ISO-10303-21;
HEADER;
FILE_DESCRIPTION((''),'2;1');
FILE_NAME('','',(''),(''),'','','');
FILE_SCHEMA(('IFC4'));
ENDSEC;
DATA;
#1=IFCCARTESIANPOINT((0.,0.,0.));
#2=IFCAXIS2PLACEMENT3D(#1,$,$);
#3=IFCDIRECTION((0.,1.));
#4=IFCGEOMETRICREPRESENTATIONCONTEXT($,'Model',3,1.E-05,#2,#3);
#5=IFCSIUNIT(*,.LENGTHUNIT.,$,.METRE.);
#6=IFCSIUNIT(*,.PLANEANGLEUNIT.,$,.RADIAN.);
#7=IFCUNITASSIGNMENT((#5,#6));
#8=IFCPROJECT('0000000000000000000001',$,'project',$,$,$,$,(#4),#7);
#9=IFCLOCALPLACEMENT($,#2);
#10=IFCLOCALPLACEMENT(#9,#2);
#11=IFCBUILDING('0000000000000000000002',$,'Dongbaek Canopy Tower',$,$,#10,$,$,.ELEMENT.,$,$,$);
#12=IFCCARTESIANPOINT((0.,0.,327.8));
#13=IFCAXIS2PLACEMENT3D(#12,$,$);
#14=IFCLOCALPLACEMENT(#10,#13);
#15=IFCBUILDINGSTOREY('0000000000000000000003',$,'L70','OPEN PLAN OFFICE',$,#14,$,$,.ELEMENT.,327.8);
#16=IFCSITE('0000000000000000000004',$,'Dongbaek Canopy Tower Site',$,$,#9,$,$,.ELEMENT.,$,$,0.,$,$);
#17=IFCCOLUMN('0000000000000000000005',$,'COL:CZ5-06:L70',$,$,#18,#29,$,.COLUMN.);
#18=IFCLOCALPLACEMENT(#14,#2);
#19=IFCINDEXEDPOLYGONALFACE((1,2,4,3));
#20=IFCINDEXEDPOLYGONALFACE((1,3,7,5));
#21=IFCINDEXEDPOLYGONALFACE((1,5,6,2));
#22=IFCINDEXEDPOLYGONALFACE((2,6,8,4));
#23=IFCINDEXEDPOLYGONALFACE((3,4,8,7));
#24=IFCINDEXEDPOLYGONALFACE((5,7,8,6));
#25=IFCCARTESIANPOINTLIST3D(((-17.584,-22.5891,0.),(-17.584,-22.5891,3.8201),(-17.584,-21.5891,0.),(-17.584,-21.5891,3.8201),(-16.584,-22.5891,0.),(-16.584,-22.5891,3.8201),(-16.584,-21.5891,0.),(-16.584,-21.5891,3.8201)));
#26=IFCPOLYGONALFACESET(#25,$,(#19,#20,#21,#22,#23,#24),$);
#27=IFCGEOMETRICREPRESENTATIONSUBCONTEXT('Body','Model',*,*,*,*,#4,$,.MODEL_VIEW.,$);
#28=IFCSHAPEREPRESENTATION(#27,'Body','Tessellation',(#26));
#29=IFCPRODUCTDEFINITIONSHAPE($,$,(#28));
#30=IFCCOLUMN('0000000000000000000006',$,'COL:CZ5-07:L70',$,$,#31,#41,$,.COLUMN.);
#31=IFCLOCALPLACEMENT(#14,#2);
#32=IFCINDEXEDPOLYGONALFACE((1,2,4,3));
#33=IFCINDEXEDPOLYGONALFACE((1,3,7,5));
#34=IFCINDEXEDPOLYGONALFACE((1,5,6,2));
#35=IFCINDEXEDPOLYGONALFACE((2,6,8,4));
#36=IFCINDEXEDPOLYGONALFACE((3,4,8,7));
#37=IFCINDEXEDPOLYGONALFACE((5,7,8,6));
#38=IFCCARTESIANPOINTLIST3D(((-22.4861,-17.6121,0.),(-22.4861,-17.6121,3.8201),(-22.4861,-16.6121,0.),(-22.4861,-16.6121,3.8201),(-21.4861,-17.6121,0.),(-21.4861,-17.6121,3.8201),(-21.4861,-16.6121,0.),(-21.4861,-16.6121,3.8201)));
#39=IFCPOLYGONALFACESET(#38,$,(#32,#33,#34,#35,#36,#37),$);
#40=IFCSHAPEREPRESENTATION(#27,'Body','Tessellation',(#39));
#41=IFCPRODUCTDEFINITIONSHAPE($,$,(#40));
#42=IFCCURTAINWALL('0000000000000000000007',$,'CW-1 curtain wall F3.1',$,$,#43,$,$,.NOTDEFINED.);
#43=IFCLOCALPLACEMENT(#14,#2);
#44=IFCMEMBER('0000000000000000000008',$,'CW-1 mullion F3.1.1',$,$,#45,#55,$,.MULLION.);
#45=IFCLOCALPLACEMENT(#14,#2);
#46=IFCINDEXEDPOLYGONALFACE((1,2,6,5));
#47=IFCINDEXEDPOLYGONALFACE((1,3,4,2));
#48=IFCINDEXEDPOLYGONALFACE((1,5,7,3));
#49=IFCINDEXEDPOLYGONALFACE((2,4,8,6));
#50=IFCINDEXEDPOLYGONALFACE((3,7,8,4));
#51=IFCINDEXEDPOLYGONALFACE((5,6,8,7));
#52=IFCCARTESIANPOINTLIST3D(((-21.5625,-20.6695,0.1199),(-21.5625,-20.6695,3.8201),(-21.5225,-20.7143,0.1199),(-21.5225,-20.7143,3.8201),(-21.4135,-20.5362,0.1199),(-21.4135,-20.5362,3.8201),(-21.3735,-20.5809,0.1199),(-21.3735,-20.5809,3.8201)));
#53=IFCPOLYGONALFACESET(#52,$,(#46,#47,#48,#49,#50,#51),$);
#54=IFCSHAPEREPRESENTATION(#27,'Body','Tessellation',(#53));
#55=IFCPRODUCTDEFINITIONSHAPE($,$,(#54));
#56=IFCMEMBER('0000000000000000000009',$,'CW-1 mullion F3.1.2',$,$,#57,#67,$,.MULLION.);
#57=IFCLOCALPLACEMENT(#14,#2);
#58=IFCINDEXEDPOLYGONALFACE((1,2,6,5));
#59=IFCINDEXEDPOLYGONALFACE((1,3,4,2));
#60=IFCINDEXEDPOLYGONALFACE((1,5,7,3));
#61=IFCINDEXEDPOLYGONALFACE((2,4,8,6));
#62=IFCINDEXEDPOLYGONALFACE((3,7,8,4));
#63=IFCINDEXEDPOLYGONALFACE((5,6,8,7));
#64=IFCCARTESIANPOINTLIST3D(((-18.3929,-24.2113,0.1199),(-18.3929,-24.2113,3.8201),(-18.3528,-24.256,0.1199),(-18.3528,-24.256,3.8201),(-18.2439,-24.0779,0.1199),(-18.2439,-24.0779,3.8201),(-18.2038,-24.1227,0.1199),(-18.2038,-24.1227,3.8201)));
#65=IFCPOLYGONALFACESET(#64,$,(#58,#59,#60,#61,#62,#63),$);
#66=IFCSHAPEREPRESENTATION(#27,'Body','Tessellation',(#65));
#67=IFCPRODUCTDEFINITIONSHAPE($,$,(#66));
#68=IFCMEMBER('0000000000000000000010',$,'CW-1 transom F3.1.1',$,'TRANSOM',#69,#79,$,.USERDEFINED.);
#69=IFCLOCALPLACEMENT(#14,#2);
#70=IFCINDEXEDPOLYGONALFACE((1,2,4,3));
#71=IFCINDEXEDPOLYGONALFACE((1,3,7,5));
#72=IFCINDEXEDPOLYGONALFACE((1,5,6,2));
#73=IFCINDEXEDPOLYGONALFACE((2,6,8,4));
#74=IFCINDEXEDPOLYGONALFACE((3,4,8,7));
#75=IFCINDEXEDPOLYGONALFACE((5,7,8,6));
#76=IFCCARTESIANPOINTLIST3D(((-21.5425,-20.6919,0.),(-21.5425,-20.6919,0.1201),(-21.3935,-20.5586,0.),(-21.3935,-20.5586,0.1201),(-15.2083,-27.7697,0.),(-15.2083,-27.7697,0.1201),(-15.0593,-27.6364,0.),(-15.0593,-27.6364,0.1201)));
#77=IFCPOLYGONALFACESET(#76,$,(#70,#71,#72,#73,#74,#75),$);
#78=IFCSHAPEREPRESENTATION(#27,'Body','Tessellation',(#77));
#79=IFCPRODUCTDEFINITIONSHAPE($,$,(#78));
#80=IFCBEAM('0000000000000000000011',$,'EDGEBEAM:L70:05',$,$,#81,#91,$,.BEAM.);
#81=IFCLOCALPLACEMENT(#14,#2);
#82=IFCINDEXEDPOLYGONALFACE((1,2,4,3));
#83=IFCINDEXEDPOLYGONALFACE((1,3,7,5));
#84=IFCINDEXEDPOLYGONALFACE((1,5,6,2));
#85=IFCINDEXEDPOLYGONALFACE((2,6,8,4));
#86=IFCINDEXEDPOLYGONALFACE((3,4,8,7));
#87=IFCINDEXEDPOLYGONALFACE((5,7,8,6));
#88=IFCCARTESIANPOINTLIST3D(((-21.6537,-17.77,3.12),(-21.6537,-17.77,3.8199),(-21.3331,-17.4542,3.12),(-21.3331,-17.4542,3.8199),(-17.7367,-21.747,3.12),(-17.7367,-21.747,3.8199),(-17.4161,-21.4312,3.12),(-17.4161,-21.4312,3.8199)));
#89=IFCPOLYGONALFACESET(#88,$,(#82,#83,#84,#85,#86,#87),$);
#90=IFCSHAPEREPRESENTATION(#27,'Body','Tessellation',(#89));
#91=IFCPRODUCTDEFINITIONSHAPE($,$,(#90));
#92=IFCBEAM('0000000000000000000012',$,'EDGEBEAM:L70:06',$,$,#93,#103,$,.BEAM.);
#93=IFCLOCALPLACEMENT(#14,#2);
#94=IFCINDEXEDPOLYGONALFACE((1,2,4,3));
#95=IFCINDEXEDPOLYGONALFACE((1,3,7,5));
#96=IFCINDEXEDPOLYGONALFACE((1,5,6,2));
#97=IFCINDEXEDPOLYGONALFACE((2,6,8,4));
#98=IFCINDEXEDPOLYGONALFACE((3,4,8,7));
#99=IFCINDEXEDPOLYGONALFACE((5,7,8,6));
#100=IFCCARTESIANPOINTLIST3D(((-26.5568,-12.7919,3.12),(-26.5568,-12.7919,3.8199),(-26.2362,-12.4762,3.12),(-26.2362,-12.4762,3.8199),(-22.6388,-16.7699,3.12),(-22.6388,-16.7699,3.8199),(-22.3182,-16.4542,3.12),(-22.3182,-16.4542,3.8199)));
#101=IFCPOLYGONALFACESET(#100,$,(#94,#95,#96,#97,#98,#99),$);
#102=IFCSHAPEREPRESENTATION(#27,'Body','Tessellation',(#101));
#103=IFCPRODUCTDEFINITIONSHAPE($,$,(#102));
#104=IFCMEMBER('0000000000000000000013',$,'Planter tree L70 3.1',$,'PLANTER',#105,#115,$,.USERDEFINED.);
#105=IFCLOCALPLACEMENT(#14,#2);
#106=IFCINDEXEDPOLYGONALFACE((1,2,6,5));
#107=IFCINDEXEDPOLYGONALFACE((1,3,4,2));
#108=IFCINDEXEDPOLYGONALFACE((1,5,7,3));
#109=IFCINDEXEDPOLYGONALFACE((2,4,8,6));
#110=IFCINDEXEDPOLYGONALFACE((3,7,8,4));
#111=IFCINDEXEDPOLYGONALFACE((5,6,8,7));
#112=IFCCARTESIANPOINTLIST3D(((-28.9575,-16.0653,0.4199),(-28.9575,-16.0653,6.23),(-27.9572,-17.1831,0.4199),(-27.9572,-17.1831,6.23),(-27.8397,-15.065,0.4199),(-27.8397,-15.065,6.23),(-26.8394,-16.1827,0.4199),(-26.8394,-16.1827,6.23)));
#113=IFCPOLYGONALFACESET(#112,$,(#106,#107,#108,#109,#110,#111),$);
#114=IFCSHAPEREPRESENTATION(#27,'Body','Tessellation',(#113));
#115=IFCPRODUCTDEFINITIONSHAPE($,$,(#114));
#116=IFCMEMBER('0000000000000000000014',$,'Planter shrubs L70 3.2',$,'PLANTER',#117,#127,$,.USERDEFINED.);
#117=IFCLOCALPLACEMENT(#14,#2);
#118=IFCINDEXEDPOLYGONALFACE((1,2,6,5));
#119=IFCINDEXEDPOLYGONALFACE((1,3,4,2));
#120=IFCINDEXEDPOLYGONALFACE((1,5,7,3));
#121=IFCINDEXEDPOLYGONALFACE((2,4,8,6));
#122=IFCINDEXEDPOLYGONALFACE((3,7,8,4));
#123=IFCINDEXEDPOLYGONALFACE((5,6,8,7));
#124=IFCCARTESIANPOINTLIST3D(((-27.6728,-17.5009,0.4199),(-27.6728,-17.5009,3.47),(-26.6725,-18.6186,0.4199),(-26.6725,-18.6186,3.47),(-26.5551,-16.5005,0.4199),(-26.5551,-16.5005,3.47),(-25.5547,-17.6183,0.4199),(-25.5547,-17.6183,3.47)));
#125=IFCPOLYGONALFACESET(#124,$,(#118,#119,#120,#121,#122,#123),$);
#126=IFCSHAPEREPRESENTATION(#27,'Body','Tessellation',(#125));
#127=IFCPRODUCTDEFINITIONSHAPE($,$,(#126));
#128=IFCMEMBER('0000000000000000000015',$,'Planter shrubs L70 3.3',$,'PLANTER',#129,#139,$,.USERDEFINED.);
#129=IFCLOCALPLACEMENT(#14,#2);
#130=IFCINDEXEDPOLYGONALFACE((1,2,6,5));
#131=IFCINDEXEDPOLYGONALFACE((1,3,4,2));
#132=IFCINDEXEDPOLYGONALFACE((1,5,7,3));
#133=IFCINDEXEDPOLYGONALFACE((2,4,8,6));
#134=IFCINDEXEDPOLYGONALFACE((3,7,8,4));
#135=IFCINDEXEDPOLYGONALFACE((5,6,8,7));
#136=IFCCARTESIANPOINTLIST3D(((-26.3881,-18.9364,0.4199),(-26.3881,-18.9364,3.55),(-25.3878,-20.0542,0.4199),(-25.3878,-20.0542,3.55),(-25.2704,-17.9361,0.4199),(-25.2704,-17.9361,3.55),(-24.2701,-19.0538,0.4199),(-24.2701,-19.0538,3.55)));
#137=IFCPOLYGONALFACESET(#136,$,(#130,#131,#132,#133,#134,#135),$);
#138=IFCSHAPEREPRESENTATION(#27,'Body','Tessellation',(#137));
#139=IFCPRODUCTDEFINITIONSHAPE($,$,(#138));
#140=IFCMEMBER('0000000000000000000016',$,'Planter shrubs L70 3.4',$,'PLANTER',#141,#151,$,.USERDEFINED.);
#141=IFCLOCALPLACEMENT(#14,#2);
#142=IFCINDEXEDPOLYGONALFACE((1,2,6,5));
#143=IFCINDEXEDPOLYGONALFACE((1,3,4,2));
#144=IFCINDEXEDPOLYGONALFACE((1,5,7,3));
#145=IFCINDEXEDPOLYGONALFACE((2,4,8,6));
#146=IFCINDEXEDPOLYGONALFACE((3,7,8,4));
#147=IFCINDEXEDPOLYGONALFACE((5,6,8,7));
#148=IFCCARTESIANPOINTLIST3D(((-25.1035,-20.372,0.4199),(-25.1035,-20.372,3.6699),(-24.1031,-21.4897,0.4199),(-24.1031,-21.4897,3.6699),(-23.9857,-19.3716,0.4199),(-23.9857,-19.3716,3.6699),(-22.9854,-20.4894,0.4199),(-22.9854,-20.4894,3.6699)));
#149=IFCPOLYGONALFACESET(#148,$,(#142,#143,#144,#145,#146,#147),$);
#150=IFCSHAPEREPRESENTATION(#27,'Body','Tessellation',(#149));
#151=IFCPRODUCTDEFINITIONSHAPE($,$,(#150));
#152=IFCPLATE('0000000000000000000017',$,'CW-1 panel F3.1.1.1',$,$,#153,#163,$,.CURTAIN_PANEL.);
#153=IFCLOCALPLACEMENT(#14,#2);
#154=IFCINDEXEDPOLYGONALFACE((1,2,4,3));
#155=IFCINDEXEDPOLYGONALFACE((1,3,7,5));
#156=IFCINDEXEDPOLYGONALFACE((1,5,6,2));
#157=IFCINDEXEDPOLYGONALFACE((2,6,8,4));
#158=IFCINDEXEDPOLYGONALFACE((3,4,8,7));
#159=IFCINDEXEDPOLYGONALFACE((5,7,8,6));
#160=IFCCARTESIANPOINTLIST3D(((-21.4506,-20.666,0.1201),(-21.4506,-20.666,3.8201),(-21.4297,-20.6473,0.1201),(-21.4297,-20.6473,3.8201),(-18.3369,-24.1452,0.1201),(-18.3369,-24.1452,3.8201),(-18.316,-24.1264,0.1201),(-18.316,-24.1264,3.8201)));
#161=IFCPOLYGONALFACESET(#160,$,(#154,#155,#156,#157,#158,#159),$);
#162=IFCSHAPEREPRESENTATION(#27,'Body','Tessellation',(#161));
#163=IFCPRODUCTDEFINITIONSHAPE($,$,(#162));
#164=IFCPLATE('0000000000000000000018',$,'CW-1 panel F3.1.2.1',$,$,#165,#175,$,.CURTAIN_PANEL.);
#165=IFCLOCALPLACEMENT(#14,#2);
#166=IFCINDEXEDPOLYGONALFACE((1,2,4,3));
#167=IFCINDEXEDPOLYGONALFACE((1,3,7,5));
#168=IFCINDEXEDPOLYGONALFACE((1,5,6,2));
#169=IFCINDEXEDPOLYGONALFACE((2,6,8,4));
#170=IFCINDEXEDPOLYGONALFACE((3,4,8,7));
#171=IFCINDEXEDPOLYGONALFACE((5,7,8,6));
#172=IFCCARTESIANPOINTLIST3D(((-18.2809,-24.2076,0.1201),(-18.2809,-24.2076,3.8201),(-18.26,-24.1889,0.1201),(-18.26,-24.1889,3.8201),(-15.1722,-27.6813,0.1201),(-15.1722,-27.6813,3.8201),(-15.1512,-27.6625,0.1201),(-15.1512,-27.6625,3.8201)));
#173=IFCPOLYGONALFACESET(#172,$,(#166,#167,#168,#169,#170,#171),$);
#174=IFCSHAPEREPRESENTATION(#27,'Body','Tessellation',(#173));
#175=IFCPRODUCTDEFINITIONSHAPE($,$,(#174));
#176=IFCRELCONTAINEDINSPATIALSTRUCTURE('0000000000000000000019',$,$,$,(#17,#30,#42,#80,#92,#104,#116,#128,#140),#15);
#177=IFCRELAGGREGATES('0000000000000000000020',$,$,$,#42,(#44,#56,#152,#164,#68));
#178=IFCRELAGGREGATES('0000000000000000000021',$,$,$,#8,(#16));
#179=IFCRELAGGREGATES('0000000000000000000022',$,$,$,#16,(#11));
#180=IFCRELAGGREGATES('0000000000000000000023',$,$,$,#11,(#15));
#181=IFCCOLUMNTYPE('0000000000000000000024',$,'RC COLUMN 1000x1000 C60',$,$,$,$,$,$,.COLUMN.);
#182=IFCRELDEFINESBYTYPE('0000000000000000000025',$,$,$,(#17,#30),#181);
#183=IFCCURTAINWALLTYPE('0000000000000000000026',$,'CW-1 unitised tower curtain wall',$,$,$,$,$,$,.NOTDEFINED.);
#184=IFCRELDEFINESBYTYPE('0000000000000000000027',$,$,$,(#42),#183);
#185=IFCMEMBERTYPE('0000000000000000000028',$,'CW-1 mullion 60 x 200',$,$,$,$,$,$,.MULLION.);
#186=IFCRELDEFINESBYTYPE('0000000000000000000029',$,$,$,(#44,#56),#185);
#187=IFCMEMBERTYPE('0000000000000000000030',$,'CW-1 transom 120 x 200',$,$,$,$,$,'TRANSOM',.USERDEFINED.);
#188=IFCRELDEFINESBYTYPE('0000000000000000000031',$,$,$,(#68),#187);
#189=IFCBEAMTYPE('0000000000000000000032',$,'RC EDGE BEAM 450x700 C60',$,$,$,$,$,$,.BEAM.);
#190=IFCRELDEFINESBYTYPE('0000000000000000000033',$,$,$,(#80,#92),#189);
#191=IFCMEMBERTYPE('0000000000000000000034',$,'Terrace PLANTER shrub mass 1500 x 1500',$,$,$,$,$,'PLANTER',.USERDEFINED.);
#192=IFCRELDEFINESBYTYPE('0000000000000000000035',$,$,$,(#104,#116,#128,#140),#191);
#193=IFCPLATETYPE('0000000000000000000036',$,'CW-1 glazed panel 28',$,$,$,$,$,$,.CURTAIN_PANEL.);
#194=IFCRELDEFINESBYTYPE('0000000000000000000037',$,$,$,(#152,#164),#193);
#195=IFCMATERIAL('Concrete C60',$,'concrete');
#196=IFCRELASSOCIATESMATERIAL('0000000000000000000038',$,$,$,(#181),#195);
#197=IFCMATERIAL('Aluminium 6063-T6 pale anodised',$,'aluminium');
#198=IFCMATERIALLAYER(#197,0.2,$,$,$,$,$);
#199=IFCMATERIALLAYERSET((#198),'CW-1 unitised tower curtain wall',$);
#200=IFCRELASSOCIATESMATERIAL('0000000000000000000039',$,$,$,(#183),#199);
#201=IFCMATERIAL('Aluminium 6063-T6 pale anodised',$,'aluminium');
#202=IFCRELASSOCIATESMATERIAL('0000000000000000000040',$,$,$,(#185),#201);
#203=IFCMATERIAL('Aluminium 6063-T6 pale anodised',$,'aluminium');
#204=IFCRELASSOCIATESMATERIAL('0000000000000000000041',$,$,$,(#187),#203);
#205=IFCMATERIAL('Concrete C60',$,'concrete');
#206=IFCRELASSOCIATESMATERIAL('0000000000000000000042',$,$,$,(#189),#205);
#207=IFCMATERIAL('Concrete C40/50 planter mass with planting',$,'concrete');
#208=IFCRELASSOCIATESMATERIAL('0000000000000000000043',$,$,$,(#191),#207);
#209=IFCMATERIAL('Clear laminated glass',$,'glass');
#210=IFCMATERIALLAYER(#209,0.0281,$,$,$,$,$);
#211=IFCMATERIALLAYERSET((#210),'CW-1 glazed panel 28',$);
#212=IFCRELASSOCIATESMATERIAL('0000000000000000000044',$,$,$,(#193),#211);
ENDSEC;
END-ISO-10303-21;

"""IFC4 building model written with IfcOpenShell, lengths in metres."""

from ifc_helpers import new_model, si_unit, direction, frame, origin, origin_2d, place, context, subcontext, project, spatial, rectangle, extrude, material, layer, layer_set, material_profile, profile_set, type_object, element, aggregate, save


model = new_model("IFC4")

# Units and contexts
model_context = context("Model", 3, precision=1e-05, world=origin(), true_north=direction((0.0, 1.0)))
body_context = subcontext(model_context, "Body", "Model", "MODEL_VIEW")
ifc_project = project(units=[si_unit("LENGTHUNIT", "METRE"), si_unit("PLANEANGLEUNIT", "RADIAN")], contexts=[model_context])

# Site, building, storey
site_placement = place(None, origin())
site = spatial("IfcSite", under=ifc_project, at=site_placement, Name="Dongbaek Canopy Tower Site", CompositionType="ELEMENT", RefElevation=0.0)
building_placement = place(site_placement, origin())
building = spatial("IfcBuilding", under=site, at=building_placement, Name="Dongbaek Canopy Tower", CompositionType="ELEMENT")
storey_placement = place(building_placement, frame((0.0, 0.0, 327.8)))
storey = spatial("IfcBuildingStorey", under=building, at=storey_placement, Name="L70", Description="OPEN PLAN OFFICE", CompositionType="ELEMENT", Elevation=327.8)

# Columns
ifc_material_1 = material(Name="Concrete C60", Category="concrete")
ifc_material_profile_1 = material_profile(ifc_material_1, rectangle(XDim=1.0, YDim=1.0, at=origin_2d()), Name="RC COLUMN 1000x1000 C60")
ifc_profile_set_1 = profile_set([ifc_material_profile_1], Name="Concrete C60")
column_type = type_object("IfcColumnType", Name="RC COLUMN 1000x1000 C60", PredefinedType="COLUMN", material=ifc_profile_set_1)
for number, where, z_axis, x_axis, name in (
    (1, (-17.084, -22.0891, 0.0), (0.0, 0.0, 1.0), (1.0, 0.0, 0.0), "COL:CZ5-06:L70"),
    (2, (-21.9861, -17.1121, 0.0), (0.0, 0.0, 1.0), (1.0, 0.0, 0.0), "COL:CZ5-07:L70"),
):
    element("IfcColumn", number, at=place(storey_placement, frame(where, z_axis=z_axis, x_axis=x_axis)), inside=storey, type_object=column_type, Name=name, PredefinedType="COLUMN", context=body_context, shape_type="SweptSolid", body=[
        extrude(rectangle(XDim=1.0, YDim=1.0, at=origin_2d()), origin(), (0.0, 0.0, 1.0), 3.8201),
    ])

# Curtain wall, members
ifc_material_2 = material(Name="Aluminium 6063-T6 pale anodised", Category="aluminium")
ifc_layer_1 = layer(ifc_material_2, 0.2)
ifc_layer_set_1 = layer_set([ifc_layer_1], Name="CW-1 unitised tower curtain wall")
curtain_wall_type = type_object("IfcCurtainWallType", Name="CW-1 unitised tower curtain wall", PredefinedType="NOTDEFINED", material=ifc_layer_set_1)
curtain_wall_placement = place(storey_placement, origin())
curtain_wall = element("IfcCurtainWall", 3, at=curtain_wall_placement, inside=storey, type_object=curtain_wall_type, Name="CW-1 curtain wall F3.1", PredefinedType="NOTDEFINED")
ifc_material_3 = material(Name="Aluminium 6063-T6 pale anodised", Category="aluminium")
ifc_material_profile_2 = material_profile(ifc_material_3, rectangle(XDim=0.2, YDim=0.0601, at=origin_2d()), Name="CW-1 mullion 60 x 200")
ifc_profile_set_2 = profile_set([ifc_material_profile_2], Name="Aluminium 6063-T6 pale anodised")
member_type_1 = type_object("IfcMemberType", Name="CW-1 mullion 60 x 200", PredefinedType="MULLION", material=ifc_profile_set_2)
member_1_placement = place(storey_placement, frame((-21.468, -20.6252, 0.1199), z_axis=(0.0, 0.0, 1.0), x_axis=(-0.745165, -0.66688, 0.0)))
member_1 = element("IfcMember", 4, at=member_1_placement, type_object=member_type_1, Name="CW-1 mullion F3.1.1", PredefinedType="MULLION", context=body_context, shape_type="SweptSolid", body=[
    extrude(rectangle(XDim=0.2, YDim=0.0601, at=origin_2d()), origin(), (0.0, 0.0, 1.0), 3.7002),
])
member_2_placement = place(storey_placement, frame((-18.2983, -24.167, 0.1199), z_axis=(0.0, 0.0, 1.0), x_axis=(-0.745165, -0.66688, 0.0)))
member_2 = element("IfcMember", 5, at=member_2_placement, type_object=member_type_1, Name="CW-1 mullion F3.1.2", PredefinedType="MULLION", context=body_context, shape_type="SweptSolid", body=[
    extrude(rectangle(XDim=0.2, YDim=0.0601, at=origin_2d()), origin(), (0.0, 0.0, 1.0), 3.7002),
])
ifc_material_4 = material(Name="Aluminium 6063-T6 pale anodised", Category="aluminium")
ifc_material_profile_3 = material_profile(ifc_material_4, rectangle(XDim=0.2, YDim=0.1201, at=origin_2d()), Name="CW-1 transom 120 x 200")
ifc_profile_set_3 = profile_set([ifc_material_profile_3], Name="Aluminium 6063-T6 pale anodised")
member_type_2 = type_object("IfcMemberType", Name="CW-1 transom 120 x 200", ElementType="TRANSOM", PredefinedType="USERDEFINED", material=ifc_profile_set_3)
member_3_placement = place(storey_placement, frame((-21.468, -20.6252, 0.0601), z_axis=(0.666876, -0.745169, 0.0), x_axis=(0.745169, 0.666876, 0.0)))
member_3 = element("IfcMember", 6, at=member_3_placement, type_object=member_type_2, Name="CW-1 transom F3.1.1", ObjectType="TRANSOM", PredefinedType="USERDEFINED", context=body_context, shape_type="SweptSolid", body=[
    extrude(rectangle(XDim=0.2, YDim=0.1201, at=origin_2d()), origin(), (0.0, 0.0, 1.0), 9.4983),
])

# Beams
ifc_material_5 = material(Name="Concrete C60", Category="concrete")
ifc_material_profile_4 = material_profile(ifc_material_5, rectangle(XDim=0.45, YDim=0.7, at=origin_2d()), Name="RC EDGE BEAM 450x700 C60")
ifc_profile_set_4 = profile_set([ifc_material_profile_4], Name="Concrete C60")
beam_type = type_object("IfcBeamType", Name="RC EDGE BEAM 450x700 C60", PredefinedType="BEAM", material=ifc_profile_set_4)
beam_1_placement = place(storey_placement, frame((-17.5764, -21.5891, 3.47), z_axis=(-0.701707, 0.712466, 0.0), x_axis=(-0.712466, -0.701707, 0.0)))
element("IfcBeam", 7, at=beam_1_placement, inside=storey, type_object=beam_type, Name="EDGEBEAM:L70:05", PredefinedType="BEAM", context=body_context, shape_type="SweptSolid", body=[
    extrude(rectangle(XDim=0.45, YDim=0.7, at=origin_2d()), origin(), (0.0, 0.0, 1.0), 5.582),
])
beam_2_placement = place(storey_placement, frame((-22.4785, -16.6121, 3.47), z_axis=(-0.701708, 0.712465, 0.0), x_axis=(-0.712465, -0.701708, 0.0)))
element("IfcBeam", 8, at=beam_2_placement, inside=storey, type_object=beam_type, Name="EDGEBEAM:L70:06", PredefinedType="BEAM", context=body_context, shape_type="SweptSolid", body=[
    extrude(rectangle(XDim=0.45, YDim=0.7, at=origin_2d()), origin(), (0.0, 0.0, 1.0), 5.5835),
])

# Members
ifc_material_6 = material(Name="Concrete C40/50 planter mass with planting", Category="concrete")
ifc_material_profile_5 = material_profile(ifc_material_6, rectangle(XDim=1.5, YDim=1.5, at=origin_2d()), Name="Terrace PLANTER shrub mass 1500 x 1500")
ifc_profile_set_5 = profile_set([ifc_material_profile_5], Name="Concrete C40/50 planter mass with planting")
member_type_3 = type_object("IfcMemberType", Name="Terrace PLANTER shrub mass 1500 x 1500", ElementType="PLANTER", PredefinedType="USERDEFINED", material=ifc_profile_set_5)
member_4_placement = place(storey_placement, frame((-27.8984, -16.124, 0.4199), z_axis=(0.0, 0.0, 1.0), x_axis=(-0.745165, -0.66688, 0.0)))
element("IfcMember", 9, at=member_4_placement, inside=storey, type_object=member_type_3, Name="Planter tree L70 3.1", ObjectType="PLANTER", PredefinedType="USERDEFINED", context=body_context, shape_type="SweptSolid", body=[
    extrude(rectangle(XDim=1.5, YDim=1.5, at=origin_2d()), origin(), (0.0, 0.0, 1.0), 5.8101),
])
member_5_placement = place(storey_placement, frame((-26.6138, -17.5596, 0.4199), z_axis=(0.0, 0.0, 1.0), x_axis=(-0.745165, -0.66688, 0.0)))
element("IfcMember", 10, at=member_5_placement, inside=storey, type_object=member_type_3, Name="Planter shrubs L70 3.2", ObjectType="PLANTER", PredefinedType="USERDEFINED", context=body_context, shape_type="SweptSolid", body=[
    extrude(rectangle(XDim=1.5, YDim=1.5, at=origin_2d()), origin(), (0.0, 0.0, 1.0), 3.05),
])
member_6_placement = place(storey_placement, frame((-25.3291, -18.9951, 0.4199), z_axis=(0.0, 0.0, 1.0), x_axis=(-0.745165, -0.66688, 0.0)))
element("IfcMember", 11, at=member_6_placement, inside=storey, type_object=member_type_3, Name="Planter shrubs L70 3.3", ObjectType="PLANTER", PredefinedType="USERDEFINED", context=body_context, shape_type="SweptSolid", body=[
    extrude(rectangle(XDim=1.5, YDim=1.5, at=origin_2d()), origin(), (0.0, 0.0, 1.0), 3.1301),
])
member_7_placement = place(storey_placement, frame((-24.0444, -20.4307, 0.4199), z_axis=(0.0, 0.0, 1.0), x_axis=(-0.745165, -0.66688, 0.0)))
element("IfcMember", 12, at=member_7_placement, inside=storey, type_object=member_type_3, Name="Planter shrubs L70 3.4", ObjectType="PLANTER", PredefinedType="USERDEFINED", context=body_context, shape_type="SweptSolid", body=[
    extrude(rectangle(XDim=1.5, YDim=1.5, at=origin_2d()), origin(), (0.0, 0.0, 1.0), 3.25),
])

# Plates
ifc_material_7 = material(Name="Clear laminated glass", Category="glass")
ifc_layer_2 = layer(ifc_material_7, 0.0281)
ifc_layer_set_2 = layer_set([ifc_layer_2], Name="CW-1 glazed panel 28")
plate_type = type_object("IfcPlateType", Name="CW-1 glazed panel 28", PredefinedType="CURTAIN_PANEL", material=ifc_layer_set_2)
plate_1_placement = place(storey_placement, frame((-19.8833, -22.3962, 0.1201), z_axis=(0.0, 0.0, 1.0), x_axis=(0.66688, -0.745165, 0.0)))
plate_1 = element("IfcPlate", 13, at=plate_1_placement, type_object=plate_type, Name="CW-1 panel F3.1.1.1", PredefinedType="CURTAIN_PANEL", context=body_context, shape_type="SweptSolid", body=[
    extrude(rectangle(XDim=4.6689, YDim=0.0281, at=origin_2d()), origin(), (0.0, 0.0, 1.0), 3.7),
])
plate_2_placement = place(storey_placement, frame((-16.7161, -25.9351, 0.1201), z_axis=(0.0, 0.0, 1.0), x_axis=(0.66688, -0.745165, 0.0)))
plate_2 = element("IfcPlate", 14, at=plate_2_placement, type_object=plate_type, Name="CW-1 panel F3.1.2.1", PredefinedType="CURTAIN_PANEL", context=body_context, shape_type="SweptSolid", body=[
    extrude(rectangle(XDim=4.6616, YDim=0.0281, at=origin_2d()), origin(), (0.0, 0.0, 1.0), 3.7),
])

aggregate(curtain_wall, [member_1, member_2, plate_1, plate_2, member_3])

save(model, "model.ifc")
